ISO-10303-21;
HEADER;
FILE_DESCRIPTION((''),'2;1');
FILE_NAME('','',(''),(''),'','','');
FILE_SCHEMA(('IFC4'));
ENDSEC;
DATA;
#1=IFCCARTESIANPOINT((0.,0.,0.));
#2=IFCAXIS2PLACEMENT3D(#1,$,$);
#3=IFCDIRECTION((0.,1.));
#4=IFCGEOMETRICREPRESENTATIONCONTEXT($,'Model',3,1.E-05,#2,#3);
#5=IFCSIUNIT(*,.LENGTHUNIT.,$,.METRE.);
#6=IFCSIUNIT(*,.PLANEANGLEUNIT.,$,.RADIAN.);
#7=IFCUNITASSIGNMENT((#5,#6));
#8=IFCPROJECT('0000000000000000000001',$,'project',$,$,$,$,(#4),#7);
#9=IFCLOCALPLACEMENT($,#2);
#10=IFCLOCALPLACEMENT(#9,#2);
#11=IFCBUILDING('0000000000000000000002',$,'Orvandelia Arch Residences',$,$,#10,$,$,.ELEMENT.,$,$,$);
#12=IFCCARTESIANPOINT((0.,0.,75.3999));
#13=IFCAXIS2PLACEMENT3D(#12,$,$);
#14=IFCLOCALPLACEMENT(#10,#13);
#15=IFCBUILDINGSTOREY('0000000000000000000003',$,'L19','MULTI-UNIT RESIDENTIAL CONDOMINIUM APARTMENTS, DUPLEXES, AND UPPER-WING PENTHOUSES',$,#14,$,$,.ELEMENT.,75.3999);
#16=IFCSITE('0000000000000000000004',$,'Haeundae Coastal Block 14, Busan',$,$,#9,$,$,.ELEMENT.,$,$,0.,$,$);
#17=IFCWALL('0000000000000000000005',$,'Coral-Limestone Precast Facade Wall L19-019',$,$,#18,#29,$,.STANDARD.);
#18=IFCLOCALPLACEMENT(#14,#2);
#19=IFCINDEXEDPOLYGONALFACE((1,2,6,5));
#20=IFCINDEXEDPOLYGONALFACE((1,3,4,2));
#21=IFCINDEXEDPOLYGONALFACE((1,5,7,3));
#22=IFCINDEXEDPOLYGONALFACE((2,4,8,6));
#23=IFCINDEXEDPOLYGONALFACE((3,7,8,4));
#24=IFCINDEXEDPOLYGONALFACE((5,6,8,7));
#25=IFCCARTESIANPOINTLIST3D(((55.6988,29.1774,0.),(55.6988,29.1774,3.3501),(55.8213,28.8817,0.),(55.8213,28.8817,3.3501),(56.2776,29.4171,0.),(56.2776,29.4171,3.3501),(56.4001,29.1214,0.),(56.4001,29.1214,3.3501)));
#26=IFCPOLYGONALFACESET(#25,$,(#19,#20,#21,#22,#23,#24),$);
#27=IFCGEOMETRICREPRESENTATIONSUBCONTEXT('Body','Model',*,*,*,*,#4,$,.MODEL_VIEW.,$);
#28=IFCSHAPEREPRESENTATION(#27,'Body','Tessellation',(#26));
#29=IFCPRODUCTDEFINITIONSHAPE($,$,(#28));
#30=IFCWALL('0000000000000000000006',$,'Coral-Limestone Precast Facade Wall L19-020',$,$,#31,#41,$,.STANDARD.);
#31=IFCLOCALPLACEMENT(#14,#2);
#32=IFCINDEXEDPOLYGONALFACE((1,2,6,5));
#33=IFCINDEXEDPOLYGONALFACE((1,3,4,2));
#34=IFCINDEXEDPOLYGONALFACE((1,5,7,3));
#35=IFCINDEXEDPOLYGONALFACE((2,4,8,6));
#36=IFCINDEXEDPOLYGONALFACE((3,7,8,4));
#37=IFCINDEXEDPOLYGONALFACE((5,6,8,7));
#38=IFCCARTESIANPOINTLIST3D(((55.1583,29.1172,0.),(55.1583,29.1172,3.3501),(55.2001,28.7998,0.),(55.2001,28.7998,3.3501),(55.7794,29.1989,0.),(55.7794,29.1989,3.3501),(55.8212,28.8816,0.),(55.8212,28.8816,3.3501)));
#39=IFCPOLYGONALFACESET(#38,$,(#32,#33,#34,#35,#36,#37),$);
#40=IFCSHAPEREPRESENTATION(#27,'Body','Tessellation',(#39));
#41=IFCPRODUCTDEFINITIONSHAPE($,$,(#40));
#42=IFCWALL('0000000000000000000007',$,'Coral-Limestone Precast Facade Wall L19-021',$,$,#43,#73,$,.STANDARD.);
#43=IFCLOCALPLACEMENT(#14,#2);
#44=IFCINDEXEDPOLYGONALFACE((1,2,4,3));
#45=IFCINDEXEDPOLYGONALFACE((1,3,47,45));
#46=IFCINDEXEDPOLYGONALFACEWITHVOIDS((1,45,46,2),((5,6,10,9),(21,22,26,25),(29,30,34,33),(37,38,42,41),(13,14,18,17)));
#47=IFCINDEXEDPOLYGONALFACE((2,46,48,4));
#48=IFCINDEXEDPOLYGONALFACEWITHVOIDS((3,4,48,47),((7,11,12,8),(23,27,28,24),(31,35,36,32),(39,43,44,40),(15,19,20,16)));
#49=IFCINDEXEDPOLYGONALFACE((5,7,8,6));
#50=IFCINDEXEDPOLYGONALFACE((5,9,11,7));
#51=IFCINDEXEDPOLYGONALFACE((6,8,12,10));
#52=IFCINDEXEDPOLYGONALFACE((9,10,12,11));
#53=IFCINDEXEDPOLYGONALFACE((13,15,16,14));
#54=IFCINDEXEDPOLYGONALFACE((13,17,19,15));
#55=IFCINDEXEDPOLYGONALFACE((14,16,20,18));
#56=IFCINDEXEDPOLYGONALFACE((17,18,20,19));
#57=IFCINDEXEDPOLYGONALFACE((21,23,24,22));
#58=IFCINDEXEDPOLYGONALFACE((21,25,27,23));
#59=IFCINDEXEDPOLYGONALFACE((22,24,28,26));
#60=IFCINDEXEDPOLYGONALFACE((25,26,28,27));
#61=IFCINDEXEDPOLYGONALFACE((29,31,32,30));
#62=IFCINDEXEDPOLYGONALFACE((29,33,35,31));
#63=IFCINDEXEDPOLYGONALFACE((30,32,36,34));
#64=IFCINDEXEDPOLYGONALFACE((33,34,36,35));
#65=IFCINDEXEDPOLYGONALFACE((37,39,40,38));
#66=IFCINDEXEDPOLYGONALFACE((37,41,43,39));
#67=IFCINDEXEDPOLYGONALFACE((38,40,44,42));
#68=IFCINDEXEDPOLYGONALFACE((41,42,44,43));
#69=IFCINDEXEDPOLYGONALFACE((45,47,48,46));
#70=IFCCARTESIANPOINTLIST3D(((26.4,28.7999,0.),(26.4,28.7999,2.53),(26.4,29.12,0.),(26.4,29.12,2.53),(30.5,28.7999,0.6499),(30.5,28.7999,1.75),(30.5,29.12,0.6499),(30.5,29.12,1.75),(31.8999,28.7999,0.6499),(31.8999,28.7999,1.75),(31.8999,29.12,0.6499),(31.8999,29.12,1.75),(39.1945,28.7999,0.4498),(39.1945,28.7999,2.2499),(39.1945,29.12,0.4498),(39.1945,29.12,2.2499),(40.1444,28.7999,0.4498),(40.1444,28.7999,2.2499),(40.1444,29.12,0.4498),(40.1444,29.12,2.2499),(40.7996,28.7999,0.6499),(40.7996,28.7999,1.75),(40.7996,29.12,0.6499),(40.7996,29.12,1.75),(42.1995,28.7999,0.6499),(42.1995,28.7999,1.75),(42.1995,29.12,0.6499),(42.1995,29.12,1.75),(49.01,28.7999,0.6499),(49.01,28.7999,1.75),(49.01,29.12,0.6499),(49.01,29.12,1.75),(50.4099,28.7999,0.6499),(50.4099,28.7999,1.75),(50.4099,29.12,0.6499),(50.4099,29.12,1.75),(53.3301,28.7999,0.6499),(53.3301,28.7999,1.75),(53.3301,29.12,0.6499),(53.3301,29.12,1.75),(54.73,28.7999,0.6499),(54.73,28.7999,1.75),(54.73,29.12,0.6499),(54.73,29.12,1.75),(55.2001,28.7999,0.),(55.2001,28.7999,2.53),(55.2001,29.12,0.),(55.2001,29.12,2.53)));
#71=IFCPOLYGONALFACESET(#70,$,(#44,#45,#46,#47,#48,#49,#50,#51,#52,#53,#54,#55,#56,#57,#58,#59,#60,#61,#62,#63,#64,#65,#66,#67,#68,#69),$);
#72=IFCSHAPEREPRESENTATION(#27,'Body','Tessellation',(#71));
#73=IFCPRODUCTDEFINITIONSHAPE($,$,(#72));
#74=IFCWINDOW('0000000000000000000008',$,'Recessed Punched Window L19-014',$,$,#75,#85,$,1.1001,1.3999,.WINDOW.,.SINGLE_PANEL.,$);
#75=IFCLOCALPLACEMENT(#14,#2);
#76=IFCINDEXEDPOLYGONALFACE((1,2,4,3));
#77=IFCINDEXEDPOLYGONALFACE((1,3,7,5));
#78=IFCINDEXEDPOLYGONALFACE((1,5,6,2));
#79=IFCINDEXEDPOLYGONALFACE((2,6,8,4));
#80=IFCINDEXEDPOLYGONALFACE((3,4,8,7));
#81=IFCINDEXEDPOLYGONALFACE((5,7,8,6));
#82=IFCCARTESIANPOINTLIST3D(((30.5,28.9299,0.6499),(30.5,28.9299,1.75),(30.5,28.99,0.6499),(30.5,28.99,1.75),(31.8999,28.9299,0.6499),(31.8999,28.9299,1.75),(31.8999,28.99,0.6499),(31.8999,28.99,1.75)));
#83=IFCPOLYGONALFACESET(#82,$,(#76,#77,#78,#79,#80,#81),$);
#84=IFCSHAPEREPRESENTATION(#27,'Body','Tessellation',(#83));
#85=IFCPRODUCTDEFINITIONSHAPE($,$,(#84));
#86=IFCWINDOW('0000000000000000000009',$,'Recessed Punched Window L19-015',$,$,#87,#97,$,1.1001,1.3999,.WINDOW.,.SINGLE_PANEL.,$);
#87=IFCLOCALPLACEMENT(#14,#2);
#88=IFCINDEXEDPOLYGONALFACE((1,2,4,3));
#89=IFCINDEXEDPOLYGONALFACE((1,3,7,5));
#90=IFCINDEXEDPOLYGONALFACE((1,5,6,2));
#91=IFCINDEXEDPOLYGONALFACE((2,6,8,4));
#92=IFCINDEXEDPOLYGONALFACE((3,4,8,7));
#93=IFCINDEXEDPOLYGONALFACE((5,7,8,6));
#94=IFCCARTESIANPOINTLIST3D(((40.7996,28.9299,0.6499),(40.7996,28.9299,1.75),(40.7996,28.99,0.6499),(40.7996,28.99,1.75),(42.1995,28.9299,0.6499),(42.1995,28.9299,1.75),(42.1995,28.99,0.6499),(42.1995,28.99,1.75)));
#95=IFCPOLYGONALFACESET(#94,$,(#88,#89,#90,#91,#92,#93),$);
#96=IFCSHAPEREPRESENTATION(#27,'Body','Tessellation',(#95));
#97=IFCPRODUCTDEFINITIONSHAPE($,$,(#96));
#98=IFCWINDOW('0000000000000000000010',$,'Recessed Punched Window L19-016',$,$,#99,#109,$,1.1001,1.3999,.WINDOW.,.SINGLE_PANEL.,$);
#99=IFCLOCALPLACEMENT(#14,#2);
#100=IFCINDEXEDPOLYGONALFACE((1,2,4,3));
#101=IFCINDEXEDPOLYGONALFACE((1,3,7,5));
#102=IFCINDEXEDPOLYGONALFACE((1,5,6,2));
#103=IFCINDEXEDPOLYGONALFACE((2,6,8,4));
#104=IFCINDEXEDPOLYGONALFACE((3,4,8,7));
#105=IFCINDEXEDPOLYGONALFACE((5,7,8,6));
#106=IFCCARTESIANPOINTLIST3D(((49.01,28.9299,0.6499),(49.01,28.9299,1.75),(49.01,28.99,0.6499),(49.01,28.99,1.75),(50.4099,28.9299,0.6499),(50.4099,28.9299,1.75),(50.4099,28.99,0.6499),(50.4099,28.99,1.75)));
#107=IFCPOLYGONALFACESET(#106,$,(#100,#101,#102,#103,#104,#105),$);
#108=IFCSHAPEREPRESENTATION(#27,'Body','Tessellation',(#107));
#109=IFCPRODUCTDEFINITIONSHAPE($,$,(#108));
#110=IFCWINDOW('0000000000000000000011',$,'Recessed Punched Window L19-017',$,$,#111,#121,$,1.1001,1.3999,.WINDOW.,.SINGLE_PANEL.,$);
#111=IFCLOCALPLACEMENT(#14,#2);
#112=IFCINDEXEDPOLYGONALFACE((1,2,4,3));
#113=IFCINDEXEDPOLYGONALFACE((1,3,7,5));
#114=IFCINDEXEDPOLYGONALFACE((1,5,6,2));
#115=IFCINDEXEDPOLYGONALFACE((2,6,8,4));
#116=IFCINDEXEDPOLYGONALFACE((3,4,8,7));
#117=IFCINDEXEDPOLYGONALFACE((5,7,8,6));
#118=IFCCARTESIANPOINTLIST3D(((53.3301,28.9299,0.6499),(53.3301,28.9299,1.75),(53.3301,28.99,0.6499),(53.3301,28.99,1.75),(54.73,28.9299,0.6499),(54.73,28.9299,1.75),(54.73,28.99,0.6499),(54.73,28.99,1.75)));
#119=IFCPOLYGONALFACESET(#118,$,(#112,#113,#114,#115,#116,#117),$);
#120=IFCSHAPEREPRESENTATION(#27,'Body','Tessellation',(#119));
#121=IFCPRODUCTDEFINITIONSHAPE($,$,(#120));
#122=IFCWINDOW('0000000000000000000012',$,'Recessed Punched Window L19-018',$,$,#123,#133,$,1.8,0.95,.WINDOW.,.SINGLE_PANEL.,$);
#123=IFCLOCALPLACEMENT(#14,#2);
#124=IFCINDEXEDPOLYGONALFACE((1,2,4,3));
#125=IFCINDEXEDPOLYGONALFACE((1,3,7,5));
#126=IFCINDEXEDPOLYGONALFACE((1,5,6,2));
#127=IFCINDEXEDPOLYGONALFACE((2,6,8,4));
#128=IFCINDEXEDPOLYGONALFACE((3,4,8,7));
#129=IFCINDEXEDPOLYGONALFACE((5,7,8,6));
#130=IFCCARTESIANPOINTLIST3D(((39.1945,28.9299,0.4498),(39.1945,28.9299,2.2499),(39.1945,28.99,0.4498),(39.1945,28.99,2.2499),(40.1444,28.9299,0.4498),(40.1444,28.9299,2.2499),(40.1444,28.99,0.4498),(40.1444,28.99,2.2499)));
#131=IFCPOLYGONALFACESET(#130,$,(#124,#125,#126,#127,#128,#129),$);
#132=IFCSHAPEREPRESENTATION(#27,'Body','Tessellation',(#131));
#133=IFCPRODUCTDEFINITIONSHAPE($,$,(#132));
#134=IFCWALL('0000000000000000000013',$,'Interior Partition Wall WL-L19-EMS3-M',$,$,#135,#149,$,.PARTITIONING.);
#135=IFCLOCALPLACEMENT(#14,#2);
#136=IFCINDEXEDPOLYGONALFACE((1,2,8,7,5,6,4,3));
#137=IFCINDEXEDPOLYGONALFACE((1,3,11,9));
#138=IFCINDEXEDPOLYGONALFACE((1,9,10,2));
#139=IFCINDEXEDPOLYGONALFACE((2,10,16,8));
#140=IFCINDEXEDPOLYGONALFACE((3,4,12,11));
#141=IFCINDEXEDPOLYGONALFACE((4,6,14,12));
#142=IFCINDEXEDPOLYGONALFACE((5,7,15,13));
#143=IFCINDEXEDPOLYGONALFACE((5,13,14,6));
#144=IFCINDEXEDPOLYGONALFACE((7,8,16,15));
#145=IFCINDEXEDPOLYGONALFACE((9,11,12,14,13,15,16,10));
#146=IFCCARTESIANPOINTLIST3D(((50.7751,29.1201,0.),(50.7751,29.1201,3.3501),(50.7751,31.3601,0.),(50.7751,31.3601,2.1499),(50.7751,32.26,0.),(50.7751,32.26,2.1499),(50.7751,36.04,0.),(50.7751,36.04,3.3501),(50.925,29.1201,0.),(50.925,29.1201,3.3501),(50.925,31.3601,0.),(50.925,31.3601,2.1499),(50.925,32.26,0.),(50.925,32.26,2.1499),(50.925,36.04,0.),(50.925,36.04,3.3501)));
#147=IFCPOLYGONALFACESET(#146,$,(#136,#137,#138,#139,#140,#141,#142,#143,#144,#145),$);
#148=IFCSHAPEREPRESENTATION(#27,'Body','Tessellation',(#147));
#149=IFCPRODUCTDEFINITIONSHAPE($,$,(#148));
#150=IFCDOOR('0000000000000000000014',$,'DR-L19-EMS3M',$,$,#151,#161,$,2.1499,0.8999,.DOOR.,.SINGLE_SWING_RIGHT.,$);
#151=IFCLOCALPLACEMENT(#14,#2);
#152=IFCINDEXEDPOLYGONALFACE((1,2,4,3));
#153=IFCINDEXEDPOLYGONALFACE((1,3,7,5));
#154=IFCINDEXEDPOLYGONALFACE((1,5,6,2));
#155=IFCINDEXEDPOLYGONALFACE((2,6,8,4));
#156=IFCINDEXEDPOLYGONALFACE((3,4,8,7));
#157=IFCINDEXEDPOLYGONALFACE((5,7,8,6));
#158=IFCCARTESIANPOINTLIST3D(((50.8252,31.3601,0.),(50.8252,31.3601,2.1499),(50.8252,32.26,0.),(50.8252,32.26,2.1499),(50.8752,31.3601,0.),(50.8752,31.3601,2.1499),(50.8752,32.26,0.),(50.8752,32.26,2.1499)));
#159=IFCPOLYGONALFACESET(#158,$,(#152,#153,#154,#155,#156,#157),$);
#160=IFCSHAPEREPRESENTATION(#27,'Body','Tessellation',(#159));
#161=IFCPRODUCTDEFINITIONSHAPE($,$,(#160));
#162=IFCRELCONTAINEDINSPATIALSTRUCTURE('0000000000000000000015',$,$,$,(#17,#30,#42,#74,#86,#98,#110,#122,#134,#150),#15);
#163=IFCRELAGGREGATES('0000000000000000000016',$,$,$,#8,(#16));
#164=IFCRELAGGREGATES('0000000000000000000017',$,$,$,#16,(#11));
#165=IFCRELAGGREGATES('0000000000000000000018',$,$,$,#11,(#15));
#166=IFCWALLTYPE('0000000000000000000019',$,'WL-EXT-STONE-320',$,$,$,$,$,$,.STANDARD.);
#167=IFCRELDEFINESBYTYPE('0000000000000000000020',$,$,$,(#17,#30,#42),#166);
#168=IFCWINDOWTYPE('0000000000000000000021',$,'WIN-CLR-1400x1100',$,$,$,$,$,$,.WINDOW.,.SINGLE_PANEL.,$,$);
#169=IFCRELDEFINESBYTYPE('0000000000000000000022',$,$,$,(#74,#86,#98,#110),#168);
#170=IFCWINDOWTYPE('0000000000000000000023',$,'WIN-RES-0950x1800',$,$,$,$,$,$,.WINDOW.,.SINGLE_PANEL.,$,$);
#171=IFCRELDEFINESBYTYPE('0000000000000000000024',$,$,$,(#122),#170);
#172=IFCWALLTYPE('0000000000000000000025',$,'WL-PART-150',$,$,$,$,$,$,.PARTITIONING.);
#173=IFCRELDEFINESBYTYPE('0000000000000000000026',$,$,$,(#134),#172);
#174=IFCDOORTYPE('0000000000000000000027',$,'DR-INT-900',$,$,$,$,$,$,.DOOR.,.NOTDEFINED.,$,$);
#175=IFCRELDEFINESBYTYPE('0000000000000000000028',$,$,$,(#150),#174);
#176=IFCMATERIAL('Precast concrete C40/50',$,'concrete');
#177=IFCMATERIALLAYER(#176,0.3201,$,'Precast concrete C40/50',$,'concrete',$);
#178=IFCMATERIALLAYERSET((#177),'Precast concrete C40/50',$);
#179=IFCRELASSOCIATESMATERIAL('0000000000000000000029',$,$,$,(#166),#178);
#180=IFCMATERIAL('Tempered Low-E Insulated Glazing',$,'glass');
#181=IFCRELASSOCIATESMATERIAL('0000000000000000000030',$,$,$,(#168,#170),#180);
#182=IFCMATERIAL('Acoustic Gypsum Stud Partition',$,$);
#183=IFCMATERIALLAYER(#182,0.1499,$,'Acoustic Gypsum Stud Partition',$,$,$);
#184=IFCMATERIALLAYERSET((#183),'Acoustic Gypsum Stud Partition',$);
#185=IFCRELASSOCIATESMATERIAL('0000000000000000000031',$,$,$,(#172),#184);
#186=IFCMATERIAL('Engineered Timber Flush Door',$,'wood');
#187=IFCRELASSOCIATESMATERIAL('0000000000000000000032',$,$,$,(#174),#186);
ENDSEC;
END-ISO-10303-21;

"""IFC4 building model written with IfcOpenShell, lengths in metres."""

from ifc_helpers import new_model, si_unit, direction, frame, frame_2d, origin, place, context, subcontext, project, spatial, rectangle, extrude, material, layer, layer_set, type_object, element, fill, save


model = new_model("IFC4")

# Units and contexts
model_context = context("Model", 3, precision=1e-05, world=origin(), true_north=direction((0.0, 1.0)))
body_context = subcontext(model_context, "Body", "Model", "MODEL_VIEW")
ifc_project = project(units=[si_unit("LENGTHUNIT", "METRE"), si_unit("PLANEANGLEUNIT", "RADIAN")], contexts=[model_context])

# Site, building, storey
site_placement = place(None, origin())
site = spatial("IfcSite", under=ifc_project, at=site_placement, Name="Haeundae Coastal Block 14, Busan", CompositionType="ELEMENT", RefElevation=0.0)
building_placement = place(site_placement, origin())
building = spatial("IfcBuilding", under=site, at=building_placement, Name="Orvandelia Arch Residences", CompositionType="ELEMENT")
storey_placement = place(building_placement, frame((0.0, 0.0, 75.3999)))
storey = spatial("IfcBuildingStorey", under=building, at=storey_placement, Name="L19", Description="MULTI-UNIT RESIDENTIAL CONDOMINIUM APARTMENTS, DUPLEXES, AND UPPER-WING PENTHOUSES", CompositionType="ELEMENT", Elevation=75.3999)

# Walls
ifc_material_1 = material(Name="Precast concrete C40/50", Category="concrete")
ifc_layer_1 = layer(ifc_material_1, 0.3201, Name="Precast concrete C40/50", Category="concrete")
ifc_layer_set_1 = layer_set([ifc_layer_1], Name="Precast concrete C40/50")
wall_type_1 = type_object("IfcWallType", Name="WL-EXT-STONE-320", PredefinedType="STANDARD", material=ifc_layer_set_1)
for number, where, z_axis, x_axis, name in (
    (1, (56.3389, 29.2693, 0.0), (0.0, 0.0, 1.0), (-0.923893, -0.38265, 0.0), "Coral-Limestone Precast Facade Wall L19-019"),
    (2, (55.8003, 29.0403, 0.0), (0.0, 0.0, 1.0), (-0.991441, -0.130555, 0.0), "Coral-Limestone Precast Facade Wall L19-020"),
):
    element("IfcWall", number, at=place(storey_placement, frame(where, z_axis=z_axis, x_axis=x_axis)), inside=storey, type_object=wall_type_1, Name=name, PredefinedType="STANDARD", context=body_context, shape_type="SweptSolid", body=[
        extrude(rectangle(XDim=0.6265, YDim=0.3201, at=frame_2d((0.3132, 0.0))), origin(), (0.0, 0.0, 1.0), 3.3501),
    ])

# Wall, openings, windows
wall_1_placement = place(storey_placement, frame((55.2, 28.96, 0.0), z_axis=(0.0, 0.0, 1.0), x_axis=(-1.0, 0.0, 0.0)))
wall_1 = element("IfcWall", 3, at=wall_1_placement, inside=storey, type_object=wall_type_1, Name="Coral-Limestone Precast Facade Wall L19-021", PredefinedType="STANDARD", context=body_context, shape_type="SweptSolid", body=[
    extrude(rectangle(XDim=28.8, YDim=0.3201, at=frame_2d((14.3999, 0.0))), origin(), (0.0, 0.0, 1.0), 2.53),
])
opening_1_placement = place(wall_1_placement, frame((23.3, 0.0, 0.6499)))
opening_1 = element("IfcOpeningElement", 4, at=opening_1_placement, cuts=wall_1, PredefinedType="OPENING", context=body_context, shape_type="SweptSolid", body=[
    extrude(rectangle(XDim=1.3999, YDim=1.1001, at=frame_2d((0.7, 0.55))), frame((0.0, 0.1699, 0.0), z_axis=(0.0, -1.0, 0.0), x_axis=(1.0, 0.0, 0.0)), (0.0, 0.0, 1.0), 0.3401),
])
opening_2_placement = place(wall_1_placement, frame((13.0005, 0.0, 0.6499)))
opening_2 = element("IfcOpeningElement", 5, at=opening_2_placement, cuts=wall_1, PredefinedType="OPENING", context=body_context, shape_type="SweptSolid", body=[
    extrude(rectangle(XDim=1.3999, YDim=1.1001, at=frame_2d((0.7, 0.55))), frame((0.0, 0.1699, 0.0), z_axis=(0.0, -1.0, 0.0), x_axis=(1.0, 0.0, 0.0)), (0.0, 0.0, 1.0), 0.3401),
])
opening_3_placement = place(wall_1_placement, frame((4.79, 0.0, 0.6499)))
opening_3 = element("IfcOpeningElement", 6, at=opening_3_placement, cuts=wall_1, PredefinedType="OPENING", context=body_context, shape_type="SweptSolid", body=[
    extrude(rectangle(XDim=1.3999, YDim=1.1001, at=frame_2d((0.7, 0.55))), frame((0.0, 0.1699, 0.0), z_axis=(0.0, -1.0, 0.0), x_axis=(1.0, 0.0, 0.0)), (0.0, 0.0, 1.0), 0.3401),
])
opening_4_placement = place(wall_1_placement, frame((0.47, 0.0, 0.6499)))
opening_4 = element("IfcOpeningElement", 7, at=opening_4_placement, cuts=wall_1, PredefinedType="OPENING", context=body_context, shape_type="SweptSolid", body=[
    extrude(rectangle(XDim=1.3999, YDim=1.1001, at=frame_2d((0.7, 0.55))), frame((0.0, 0.1699, 0.0), z_axis=(0.0, -1.0, 0.0), x_axis=(1.0, 0.0, 0.0)), (0.0, 0.0, 1.0), 0.3401),
])
opening_5_placement = place(wall_1_placement, frame((15.0554, 0.0, 0.45)))
opening_5 = element("IfcOpeningElement", 8, at=opening_5_placement, cuts=wall_1, PredefinedType="OPENING", context=body_context, shape_type="SweptSolid", body=[
    extrude(rectangle(XDim=0.95, YDim=1.8, at=frame_2d((0.4751, 0.8999))), frame((0.0, 0.1699, 0.0), z_axis=(0.0, -1.0, 0.0), x_axis=(1.0, 0.0, 0.0)), (0.0, 0.0, 1.0), 0.3401),
])
ifc_material_2 = material(Name="Tempered Low-E Insulated Glazing", Category="glass")
window_type_1 = type_object("IfcWindowType", Name="WIN-CLR-1400x1100", PartitioningType="SINGLE_PANEL", PredefinedType="WINDOW", material=ifc_material_2)
window_1_placement = place(opening_1_placement, origin())
window_1 = element("IfcWindow", 9, at=window_1_placement, inside=storey, type_object=window_type_1, Name="Recessed Punched Window L19-014", OverallHeight=1.1001, OverallWidth=1.3999, PartitioningType="SINGLE_PANEL", PredefinedType="WINDOW", context=body_context, shape_type="SweptSolid", body=[
    extrude(rectangle(XDim=1.3999, YDim=1.1001, at=frame_2d((0.7, 0.55))), frame((0.0, 0.03, 0.0), z_axis=(0.0, -1.0, 0.0), x_axis=(1.0, 0.0, 0.0)), (0.0, 0.0, 1.0), 0.0601),
])
fill(opening_1, window_1)
window_2_placement = place(opening_2_placement, origin())
window_2 = element("IfcWindow", 10, at=window_2_placement, inside=storey, type_object=window_type_1, Name="Recessed Punched Window L19-015", OverallHeight=1.1001, OverallWidth=1.3999, PartitioningType="SINGLE_PANEL", PredefinedType="WINDOW", context=body_context, shape_type="SweptSolid", body=[
    extrude(rectangle(XDim=1.3999, YDim=1.1001, at=frame_2d((0.7, 0.55))), frame((0.0, 0.03, 0.0), z_axis=(0.0, -1.0, 0.0), x_axis=(1.0, 0.0, 0.0)), (0.0, 0.0, 1.0), 0.0601),
])
fill(opening_2, window_2)
window_3_placement = place(opening_3_placement, origin())
window_3 = element("IfcWindow", 11, at=window_3_placement, inside=storey, type_object=window_type_1, Name="Recessed Punched Window L19-016", OverallHeight=1.1001, OverallWidth=1.3999, PartitioningType="SINGLE_PANEL", PredefinedType="WINDOW", context=body_context, shape_type="SweptSolid", body=[
    extrude(rectangle(XDim=1.3999, YDim=1.1001, at=frame_2d((0.7, 0.55))), frame((0.0, 0.03, 0.0), z_axis=(0.0, -1.0, 0.0), x_axis=(1.0, 0.0, 0.0)), (0.0, 0.0, 1.0), 0.0601),
])
fill(opening_3, window_3)
window_4_placement = place(opening_4_placement, origin())
window_4 = element("IfcWindow", 12, at=window_4_placement, inside=storey, type_object=window_type_1, Name="Recessed Punched Window L19-017", OverallHeight=1.1001, OverallWidth=1.3999, PartitioningType="SINGLE_PANEL", PredefinedType="WINDOW", context=body_context, shape_type="SweptSolid", body=[
    extrude(rectangle(XDim=1.3999, YDim=1.1001, at=frame_2d((0.7, 0.55))), frame((0.0, 0.03, 0.0), z_axis=(0.0, -1.0, 0.0), x_axis=(1.0, 0.0, 0.0)), (0.0, 0.0, 1.0), 0.0601),
])
fill(opening_4, window_4)
window_type_2 = type_object("IfcWindowType", Name="WIN-RES-0950x1800", PartitioningType="SINGLE_PANEL", PredefinedType="WINDOW", material=ifc_material_2)
window_5_placement = place(opening_5_placement, origin())
window_5 = element("IfcWindow", 13, at=window_5_placement, inside=storey, type_object=window_type_2, Name="Recessed Punched Window L19-018", OverallHeight=1.8, OverallWidth=0.95, PartitioningType="SINGLE_PANEL", PredefinedType="WINDOW", context=body_context, shape_type="SweptSolid", body=[
    extrude(rectangle(XDim=0.95, YDim=1.8, at=frame_2d((0.4751, 0.8999))), frame((0.0, 0.03, 0.0), z_axis=(0.0, -1.0, 0.0), x_axis=(1.0, 0.0, 0.0)), (0.0, 0.0, 1.0), 0.0601),
])
fill(opening_5, window_5)

# Wall, opening, door
ifc_material_3 = material(Name="Acoustic Gypsum Stud Partition")
ifc_layer_2 = layer(ifc_material_3, 0.1499, Name="Acoustic Gypsum Stud Partition")
ifc_layer_set_2 = layer_set([ifc_layer_2], Name="Acoustic Gypsum Stud Partition")
wall_type_2 = type_object("IfcWallType", Name="WL-PART-150", PredefinedType="PARTITIONING", material=ifc_layer_set_2)
wall_2_placement = place(storey_placement, frame((50.8501, 29.1201, 0.0), z_axis=(0.0, 0.0, 1.0), x_axis=(0.0, 1.0, 0.0)))
wall_2 = element("IfcWall", 14, at=wall_2_placement, inside=storey, type_object=wall_type_2, Name="Interior Partition Wall WL-L19-EMS3-M", PredefinedType="PARTITIONING", context=body_context, shape_type="SweptSolid", body=[
    extrude(rectangle(XDim=6.9199, YDim=0.1499, at=frame_2d((3.46, 0.0))), origin(), (0.0, 0.0, 1.0), 3.3501),
])
opening_6_placement = place(wall_2_placement, frame((2.24, 0.0, 0.0)))
opening_6 = element("IfcOpeningElement", 15, at=opening_6_placement, cuts=wall_2, PredefinedType="OPENING", context=body_context, shape_type="SweptSolid", body=[
    extrude(rectangle(XDim=0.8999, YDim=2.1499, at=frame_2d((0.45, 1.075))), frame((0.0, 0.085, 0.0), z_axis=(0.0, -1.0, 0.0), x_axis=(1.0, 0.0, 0.0)), (0.0, 0.0, 1.0), 0.1699),
])
ifc_material_4 = material(Name="Engineered Timber Flush Door", Category="wood")
door_type = type_object("IfcDoorType", Name="DR-INT-900", OperationType="NOTDEFINED", PredefinedType="DOOR", material=ifc_material_4)
door_placement = place(opening_6_placement, origin())
door = element("IfcDoor", 16, at=door_placement, inside=storey, type_object=door_type, Name="DR-L19-EMS3M", OperationType="SINGLE_SWING_RIGHT", OverallHeight=2.1499, OverallWidth=0.8999, PredefinedType="DOOR", context=body_context, shape_type="SweptSolid", body=[
    extrude(rectangle(XDim=0.8999, YDim=2.1499, at=frame_2d((0.45, 1.075))), frame((0.0, 0.0249, 0.0), z_axis=(0.0, -1.0, 0.0), x_axis=(1.0, 0.0, 0.0)), (0.0, 0.0, 1.0), 0.05),
])
fill(opening_6, door)

save(model, "model.ifc")
